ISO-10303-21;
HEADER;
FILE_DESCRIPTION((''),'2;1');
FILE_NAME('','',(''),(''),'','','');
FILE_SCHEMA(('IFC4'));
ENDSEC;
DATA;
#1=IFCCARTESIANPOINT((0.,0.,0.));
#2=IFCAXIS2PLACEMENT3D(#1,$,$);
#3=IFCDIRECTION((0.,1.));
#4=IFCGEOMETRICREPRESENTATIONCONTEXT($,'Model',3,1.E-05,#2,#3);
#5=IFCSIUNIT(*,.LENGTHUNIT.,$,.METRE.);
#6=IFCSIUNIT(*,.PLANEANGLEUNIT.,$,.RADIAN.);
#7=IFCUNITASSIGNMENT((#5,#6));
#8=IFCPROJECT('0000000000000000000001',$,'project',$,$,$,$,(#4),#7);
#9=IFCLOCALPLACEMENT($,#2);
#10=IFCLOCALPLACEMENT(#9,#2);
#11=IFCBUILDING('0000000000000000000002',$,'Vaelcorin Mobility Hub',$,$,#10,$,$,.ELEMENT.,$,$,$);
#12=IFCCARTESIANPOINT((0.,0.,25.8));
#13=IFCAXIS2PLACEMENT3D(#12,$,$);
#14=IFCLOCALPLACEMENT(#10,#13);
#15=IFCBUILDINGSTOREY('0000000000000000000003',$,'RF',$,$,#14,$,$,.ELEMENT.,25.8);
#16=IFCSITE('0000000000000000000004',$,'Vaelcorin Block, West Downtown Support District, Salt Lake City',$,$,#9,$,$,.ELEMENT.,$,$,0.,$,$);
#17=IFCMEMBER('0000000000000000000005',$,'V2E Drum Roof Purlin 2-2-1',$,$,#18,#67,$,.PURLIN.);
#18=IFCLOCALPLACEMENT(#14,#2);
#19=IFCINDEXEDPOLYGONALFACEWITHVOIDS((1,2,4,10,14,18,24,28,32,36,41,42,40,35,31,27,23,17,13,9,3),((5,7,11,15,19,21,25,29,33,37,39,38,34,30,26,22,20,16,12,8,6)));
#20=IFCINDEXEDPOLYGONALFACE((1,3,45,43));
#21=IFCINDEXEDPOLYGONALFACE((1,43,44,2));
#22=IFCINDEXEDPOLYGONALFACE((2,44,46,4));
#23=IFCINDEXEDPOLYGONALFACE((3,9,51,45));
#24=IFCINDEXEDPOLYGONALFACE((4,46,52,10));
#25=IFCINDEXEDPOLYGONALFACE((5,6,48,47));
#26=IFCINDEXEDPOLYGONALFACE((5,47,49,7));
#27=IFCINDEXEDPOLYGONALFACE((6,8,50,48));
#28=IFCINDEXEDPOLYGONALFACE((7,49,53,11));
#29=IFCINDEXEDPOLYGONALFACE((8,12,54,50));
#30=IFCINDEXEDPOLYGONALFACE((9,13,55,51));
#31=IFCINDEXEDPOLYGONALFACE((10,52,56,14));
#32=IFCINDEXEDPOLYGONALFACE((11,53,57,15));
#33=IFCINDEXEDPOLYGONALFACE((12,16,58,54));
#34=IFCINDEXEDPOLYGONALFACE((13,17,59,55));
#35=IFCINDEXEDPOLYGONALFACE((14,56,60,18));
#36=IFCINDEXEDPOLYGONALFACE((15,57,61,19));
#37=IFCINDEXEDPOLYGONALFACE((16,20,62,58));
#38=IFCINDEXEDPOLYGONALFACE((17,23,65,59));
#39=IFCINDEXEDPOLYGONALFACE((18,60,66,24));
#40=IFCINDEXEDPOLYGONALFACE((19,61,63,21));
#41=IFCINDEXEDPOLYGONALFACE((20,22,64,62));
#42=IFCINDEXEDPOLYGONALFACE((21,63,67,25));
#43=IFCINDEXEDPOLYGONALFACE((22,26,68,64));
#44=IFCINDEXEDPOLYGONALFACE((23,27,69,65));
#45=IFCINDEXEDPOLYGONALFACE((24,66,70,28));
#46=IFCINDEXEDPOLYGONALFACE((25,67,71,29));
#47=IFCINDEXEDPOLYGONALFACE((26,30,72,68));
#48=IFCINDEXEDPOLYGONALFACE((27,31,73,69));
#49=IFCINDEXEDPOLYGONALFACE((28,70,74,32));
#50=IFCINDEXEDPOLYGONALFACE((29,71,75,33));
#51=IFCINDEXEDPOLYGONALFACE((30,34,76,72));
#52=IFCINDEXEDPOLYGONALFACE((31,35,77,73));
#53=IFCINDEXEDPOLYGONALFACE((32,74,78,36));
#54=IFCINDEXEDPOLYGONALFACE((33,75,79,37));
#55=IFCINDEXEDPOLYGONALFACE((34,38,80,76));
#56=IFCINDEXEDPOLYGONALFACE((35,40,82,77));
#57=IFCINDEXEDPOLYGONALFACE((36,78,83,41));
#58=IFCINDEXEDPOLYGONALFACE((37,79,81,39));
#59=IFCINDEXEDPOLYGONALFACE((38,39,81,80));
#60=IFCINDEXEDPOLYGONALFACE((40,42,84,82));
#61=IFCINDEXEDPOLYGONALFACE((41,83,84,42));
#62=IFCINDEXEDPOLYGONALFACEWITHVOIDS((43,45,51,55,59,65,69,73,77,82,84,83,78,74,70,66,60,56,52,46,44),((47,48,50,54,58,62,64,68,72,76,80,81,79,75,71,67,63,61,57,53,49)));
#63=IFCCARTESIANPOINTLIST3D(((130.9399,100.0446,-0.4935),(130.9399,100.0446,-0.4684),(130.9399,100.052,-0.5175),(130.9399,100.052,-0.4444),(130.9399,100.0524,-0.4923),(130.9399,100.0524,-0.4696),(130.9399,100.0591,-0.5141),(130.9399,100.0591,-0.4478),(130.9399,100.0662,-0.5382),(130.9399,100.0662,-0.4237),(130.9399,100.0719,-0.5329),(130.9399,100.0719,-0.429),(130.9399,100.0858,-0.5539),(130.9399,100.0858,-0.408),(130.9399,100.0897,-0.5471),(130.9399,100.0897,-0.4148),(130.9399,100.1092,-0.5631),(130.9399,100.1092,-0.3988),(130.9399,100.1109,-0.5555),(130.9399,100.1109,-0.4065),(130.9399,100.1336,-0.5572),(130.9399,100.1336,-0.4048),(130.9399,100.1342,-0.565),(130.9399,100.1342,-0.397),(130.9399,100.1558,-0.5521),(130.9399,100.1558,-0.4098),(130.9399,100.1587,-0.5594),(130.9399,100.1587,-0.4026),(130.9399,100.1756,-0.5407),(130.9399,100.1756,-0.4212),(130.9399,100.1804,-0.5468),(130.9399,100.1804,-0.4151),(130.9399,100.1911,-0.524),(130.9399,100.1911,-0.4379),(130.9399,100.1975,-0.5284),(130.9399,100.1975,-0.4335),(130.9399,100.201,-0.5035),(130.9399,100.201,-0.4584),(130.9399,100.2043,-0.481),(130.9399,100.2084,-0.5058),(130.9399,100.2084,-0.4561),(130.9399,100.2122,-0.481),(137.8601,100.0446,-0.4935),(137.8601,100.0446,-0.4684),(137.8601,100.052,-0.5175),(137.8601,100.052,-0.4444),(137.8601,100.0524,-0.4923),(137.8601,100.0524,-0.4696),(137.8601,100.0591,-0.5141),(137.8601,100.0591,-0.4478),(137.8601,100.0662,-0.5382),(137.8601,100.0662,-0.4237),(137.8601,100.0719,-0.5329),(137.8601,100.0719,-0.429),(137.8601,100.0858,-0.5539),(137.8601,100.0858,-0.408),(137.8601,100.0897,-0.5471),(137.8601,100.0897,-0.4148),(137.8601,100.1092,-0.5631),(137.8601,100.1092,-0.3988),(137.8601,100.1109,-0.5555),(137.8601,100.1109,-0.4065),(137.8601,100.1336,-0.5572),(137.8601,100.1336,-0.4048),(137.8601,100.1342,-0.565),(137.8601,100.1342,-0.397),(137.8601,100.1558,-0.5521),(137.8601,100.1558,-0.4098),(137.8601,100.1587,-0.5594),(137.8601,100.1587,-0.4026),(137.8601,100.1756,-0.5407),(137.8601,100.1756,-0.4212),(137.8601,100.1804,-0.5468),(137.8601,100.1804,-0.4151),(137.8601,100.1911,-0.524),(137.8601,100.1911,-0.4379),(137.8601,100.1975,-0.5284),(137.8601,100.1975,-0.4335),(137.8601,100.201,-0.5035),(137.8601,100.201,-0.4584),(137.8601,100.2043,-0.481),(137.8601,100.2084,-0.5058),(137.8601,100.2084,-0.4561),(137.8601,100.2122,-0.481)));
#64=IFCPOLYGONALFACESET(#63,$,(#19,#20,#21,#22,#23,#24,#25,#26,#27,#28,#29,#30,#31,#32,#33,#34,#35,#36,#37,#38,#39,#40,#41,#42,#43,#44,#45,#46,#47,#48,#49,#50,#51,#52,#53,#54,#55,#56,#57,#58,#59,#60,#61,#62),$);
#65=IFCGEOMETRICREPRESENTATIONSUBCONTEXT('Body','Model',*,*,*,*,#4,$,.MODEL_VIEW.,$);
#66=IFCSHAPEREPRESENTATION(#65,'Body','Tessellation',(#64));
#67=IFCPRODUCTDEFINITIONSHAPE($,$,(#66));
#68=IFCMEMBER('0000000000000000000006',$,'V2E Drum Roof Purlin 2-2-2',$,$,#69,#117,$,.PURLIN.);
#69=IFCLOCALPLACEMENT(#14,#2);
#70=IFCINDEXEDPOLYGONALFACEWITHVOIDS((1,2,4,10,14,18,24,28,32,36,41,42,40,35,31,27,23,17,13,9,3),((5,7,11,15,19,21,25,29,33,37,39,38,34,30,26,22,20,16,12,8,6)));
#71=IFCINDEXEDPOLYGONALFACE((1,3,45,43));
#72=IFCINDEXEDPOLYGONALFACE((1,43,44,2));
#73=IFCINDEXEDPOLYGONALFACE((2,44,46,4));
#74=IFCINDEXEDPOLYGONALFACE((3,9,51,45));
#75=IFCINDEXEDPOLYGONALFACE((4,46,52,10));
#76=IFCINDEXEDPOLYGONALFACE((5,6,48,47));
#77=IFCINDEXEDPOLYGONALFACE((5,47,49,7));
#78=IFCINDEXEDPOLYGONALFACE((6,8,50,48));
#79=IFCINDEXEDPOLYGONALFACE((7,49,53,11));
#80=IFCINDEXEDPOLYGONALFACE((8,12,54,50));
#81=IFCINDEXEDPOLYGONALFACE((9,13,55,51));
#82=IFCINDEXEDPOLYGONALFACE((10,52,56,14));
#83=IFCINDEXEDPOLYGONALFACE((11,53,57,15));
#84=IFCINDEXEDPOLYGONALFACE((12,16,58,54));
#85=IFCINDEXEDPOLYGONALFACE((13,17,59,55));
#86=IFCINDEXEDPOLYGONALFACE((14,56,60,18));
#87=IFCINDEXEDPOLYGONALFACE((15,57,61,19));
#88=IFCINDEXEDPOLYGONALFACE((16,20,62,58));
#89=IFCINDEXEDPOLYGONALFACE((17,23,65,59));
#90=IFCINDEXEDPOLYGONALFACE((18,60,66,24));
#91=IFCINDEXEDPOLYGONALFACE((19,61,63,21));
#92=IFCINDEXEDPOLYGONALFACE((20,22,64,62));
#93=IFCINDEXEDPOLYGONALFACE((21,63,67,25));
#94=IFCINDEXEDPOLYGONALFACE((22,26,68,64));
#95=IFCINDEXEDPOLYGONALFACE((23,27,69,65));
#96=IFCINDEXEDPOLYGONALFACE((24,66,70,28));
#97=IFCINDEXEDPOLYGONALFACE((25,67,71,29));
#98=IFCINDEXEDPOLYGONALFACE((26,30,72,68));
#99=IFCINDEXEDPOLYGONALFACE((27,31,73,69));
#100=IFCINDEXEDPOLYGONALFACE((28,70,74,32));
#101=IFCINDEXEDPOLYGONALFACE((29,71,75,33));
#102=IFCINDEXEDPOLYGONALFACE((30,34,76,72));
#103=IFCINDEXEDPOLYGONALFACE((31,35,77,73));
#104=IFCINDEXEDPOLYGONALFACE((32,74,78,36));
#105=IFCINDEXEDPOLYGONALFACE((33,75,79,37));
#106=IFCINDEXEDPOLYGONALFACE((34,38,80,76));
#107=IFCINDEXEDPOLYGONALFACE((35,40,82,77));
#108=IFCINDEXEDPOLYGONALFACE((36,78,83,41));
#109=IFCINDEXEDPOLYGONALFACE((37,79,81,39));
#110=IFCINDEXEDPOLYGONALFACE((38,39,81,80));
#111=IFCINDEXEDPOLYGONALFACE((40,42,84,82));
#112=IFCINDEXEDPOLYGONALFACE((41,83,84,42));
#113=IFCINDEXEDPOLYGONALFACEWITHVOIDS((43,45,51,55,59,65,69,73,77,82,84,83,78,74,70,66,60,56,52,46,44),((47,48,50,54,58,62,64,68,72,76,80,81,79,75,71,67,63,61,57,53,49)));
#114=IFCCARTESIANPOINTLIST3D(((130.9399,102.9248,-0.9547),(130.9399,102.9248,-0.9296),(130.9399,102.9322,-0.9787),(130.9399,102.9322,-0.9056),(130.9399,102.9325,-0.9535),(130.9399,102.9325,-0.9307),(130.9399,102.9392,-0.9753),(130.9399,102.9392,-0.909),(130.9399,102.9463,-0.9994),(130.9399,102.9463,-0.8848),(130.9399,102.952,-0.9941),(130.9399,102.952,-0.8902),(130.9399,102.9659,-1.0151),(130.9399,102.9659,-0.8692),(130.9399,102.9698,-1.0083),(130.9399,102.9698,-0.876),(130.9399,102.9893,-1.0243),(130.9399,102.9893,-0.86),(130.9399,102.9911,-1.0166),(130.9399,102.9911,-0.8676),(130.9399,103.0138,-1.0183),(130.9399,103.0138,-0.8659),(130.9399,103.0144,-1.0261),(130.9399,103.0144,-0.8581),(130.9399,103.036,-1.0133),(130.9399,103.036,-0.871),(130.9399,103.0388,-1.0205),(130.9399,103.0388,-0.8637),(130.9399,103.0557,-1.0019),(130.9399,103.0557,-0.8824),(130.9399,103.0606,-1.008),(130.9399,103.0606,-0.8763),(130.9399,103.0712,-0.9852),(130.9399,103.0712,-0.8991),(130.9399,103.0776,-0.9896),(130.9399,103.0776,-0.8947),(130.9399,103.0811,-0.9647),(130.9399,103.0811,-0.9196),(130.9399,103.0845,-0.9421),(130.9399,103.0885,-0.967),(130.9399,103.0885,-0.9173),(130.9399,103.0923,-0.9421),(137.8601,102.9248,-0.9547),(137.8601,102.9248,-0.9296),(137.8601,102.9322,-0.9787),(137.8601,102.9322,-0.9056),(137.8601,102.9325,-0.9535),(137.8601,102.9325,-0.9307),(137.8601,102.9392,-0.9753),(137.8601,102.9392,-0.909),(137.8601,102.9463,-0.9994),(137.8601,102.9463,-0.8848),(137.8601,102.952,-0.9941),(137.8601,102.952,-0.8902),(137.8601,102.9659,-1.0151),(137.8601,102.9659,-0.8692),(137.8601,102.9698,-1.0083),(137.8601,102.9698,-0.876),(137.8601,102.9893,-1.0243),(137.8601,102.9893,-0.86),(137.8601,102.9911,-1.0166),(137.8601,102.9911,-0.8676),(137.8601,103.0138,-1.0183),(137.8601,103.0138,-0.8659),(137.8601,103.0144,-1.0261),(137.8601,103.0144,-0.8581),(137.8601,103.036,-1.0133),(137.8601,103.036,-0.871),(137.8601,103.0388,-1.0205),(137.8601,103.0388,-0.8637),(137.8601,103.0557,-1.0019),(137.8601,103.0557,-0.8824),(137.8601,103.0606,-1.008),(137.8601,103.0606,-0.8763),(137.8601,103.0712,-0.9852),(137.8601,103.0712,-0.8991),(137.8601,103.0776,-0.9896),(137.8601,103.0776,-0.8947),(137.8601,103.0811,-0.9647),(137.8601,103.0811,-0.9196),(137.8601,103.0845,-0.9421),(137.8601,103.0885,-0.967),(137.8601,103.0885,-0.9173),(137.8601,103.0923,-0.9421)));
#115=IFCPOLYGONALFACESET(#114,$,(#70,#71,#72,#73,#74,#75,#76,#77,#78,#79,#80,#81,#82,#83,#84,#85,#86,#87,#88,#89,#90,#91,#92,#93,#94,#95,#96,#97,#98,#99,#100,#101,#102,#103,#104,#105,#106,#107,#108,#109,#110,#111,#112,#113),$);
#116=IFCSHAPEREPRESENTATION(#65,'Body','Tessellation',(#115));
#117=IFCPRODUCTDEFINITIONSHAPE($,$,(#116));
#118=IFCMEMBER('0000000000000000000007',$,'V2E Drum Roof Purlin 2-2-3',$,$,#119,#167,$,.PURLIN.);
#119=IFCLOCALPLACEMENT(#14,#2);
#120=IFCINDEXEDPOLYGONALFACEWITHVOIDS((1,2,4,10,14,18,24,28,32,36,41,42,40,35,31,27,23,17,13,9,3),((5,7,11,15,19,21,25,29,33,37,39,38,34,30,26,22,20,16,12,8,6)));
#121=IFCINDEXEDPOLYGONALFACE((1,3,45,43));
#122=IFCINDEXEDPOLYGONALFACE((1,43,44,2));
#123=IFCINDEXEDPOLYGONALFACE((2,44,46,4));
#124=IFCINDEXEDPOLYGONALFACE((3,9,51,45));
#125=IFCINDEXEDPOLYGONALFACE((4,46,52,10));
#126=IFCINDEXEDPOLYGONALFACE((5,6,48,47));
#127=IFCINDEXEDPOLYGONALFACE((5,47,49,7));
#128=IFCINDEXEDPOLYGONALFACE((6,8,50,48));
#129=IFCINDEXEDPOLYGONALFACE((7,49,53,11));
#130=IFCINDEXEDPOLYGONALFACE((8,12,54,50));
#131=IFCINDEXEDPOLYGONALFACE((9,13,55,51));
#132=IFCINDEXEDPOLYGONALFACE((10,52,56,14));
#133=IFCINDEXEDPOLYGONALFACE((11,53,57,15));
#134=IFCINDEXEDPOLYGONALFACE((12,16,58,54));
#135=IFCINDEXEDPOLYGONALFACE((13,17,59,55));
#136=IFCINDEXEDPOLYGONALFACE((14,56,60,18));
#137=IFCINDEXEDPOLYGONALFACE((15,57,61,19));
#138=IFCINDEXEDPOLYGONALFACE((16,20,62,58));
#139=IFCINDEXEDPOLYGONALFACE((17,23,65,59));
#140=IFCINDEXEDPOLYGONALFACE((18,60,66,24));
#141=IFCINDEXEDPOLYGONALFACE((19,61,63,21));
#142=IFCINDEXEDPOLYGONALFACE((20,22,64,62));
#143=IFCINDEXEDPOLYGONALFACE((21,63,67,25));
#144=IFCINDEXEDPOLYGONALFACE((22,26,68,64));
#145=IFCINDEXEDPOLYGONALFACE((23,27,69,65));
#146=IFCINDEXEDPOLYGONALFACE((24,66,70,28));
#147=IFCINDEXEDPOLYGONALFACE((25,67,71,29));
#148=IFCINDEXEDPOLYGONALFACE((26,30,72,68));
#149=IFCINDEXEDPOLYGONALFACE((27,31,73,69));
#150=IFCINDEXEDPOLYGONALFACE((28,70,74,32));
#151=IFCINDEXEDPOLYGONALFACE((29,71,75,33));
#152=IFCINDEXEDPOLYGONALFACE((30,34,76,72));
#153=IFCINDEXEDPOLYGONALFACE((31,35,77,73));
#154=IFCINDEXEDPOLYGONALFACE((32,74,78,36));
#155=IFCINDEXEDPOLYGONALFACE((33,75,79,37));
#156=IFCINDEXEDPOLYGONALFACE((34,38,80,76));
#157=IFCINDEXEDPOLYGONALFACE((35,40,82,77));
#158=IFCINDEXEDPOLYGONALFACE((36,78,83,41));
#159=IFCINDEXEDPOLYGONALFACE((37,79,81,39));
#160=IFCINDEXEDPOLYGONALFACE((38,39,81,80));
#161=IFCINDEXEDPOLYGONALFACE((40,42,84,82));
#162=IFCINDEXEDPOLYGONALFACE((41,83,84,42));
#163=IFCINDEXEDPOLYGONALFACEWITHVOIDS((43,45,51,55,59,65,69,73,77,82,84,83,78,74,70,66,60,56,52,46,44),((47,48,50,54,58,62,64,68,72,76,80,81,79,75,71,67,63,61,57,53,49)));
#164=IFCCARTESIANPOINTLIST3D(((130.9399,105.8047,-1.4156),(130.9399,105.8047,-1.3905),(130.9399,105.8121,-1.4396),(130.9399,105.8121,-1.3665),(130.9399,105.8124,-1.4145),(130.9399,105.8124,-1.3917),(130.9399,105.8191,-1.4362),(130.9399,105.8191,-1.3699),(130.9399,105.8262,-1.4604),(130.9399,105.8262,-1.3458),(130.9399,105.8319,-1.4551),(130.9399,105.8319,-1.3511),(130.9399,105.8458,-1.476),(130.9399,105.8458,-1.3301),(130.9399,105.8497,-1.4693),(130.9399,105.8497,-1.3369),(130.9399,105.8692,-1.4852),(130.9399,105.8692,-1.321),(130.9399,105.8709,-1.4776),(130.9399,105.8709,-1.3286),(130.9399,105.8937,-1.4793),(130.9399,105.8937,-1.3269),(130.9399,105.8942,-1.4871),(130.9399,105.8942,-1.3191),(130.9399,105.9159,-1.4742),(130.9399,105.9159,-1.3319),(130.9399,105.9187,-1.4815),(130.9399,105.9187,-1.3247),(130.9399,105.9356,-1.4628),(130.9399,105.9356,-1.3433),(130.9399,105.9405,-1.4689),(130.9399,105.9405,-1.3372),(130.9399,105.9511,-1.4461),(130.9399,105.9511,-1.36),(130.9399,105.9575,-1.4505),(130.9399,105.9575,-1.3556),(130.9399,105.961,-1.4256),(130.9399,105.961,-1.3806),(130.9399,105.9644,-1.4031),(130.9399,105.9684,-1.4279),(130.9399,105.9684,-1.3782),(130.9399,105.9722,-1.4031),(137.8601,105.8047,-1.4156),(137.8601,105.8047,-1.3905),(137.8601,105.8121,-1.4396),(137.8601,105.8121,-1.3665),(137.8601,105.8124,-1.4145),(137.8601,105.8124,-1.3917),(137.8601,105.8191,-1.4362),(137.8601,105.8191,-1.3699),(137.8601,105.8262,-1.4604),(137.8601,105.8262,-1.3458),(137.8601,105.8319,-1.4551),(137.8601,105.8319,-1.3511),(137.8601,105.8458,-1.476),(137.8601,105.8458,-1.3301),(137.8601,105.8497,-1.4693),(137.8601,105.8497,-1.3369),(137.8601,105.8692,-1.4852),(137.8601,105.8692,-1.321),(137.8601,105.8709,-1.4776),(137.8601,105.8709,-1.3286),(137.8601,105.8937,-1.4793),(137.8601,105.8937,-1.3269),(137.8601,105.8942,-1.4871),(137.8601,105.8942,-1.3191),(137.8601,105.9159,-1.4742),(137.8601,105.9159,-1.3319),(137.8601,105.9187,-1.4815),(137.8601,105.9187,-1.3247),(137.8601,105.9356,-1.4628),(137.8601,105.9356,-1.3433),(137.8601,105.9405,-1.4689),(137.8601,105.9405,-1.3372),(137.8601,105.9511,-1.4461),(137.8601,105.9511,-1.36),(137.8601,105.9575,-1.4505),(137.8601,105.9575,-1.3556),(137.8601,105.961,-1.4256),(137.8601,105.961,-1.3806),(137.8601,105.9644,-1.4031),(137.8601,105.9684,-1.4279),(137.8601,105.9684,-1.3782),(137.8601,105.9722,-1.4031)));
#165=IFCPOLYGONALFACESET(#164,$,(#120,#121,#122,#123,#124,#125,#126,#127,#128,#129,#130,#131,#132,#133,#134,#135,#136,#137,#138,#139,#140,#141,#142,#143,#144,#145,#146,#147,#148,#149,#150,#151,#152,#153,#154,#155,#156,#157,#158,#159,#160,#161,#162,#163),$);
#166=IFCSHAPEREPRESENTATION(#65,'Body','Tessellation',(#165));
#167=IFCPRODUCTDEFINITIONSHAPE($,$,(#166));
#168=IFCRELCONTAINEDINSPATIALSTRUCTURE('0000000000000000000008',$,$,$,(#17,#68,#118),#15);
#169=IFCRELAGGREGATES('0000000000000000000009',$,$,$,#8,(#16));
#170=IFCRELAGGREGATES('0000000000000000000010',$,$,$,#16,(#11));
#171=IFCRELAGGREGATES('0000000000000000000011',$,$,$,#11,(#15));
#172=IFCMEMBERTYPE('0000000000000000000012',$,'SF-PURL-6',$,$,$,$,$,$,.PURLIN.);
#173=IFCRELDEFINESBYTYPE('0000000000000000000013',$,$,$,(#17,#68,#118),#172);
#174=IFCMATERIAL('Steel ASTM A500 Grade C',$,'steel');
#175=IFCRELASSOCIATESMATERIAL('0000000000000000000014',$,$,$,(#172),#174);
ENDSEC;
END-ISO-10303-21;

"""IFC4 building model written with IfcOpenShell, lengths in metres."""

from ifc_helpers import new_model, si_unit, direction, frame, origin, origin_2d, place, context, subcontext, project, spatial, hollow_circle, extrude, material, material_profile, profile_set, type_object, element, save


model = new_model("IFC4")

# Units and contexts
model_context = context("Model", 3, precision=1e-05, world=origin(), true_north=direction((0.0, 1.0)))
body_context = subcontext(model_context, "Body", "Model", "MODEL_VIEW")
ifc_project = project(units=[si_unit("LENGTHUNIT", "METRE"), si_unit("PLANEANGLEUNIT", "RADIAN")], contexts=[model_context])

# Site, building, storey
site_placement = place(None, origin())
site = spatial("IfcSite", under=ifc_project, at=site_placement, Name="Vaelcorin Block, West Downtown Support District, Salt Lake City", CompositionType="ELEMENT", RefElevation=0.0)
building_placement = place(site_placement, origin())
building = spatial("IfcBuilding", under=site, at=building_placement, Name="Vaelcorin Mobility Hub", CompositionType="ELEMENT")
storey_placement = place(building_placement, frame((0.0, 0.0, 25.8)))
storey = spatial("IfcBuildingStorey", under=building, at=storey_placement, Name="RF", CompositionType="ELEMENT", Elevation=25.8)

# Members
ifc_material_1 = material(Name="Steel ASTM A500 Grade C", Category="steel")
ifc_material_profile_1 = material_profile(ifc_material_1, hollow_circle(Radius=0.0842, WallThickness=0.0078, at=origin_2d()), Name="HSS6.625X0.312")
ifc_profile_set_1 = profile_set([ifc_material_profile_1], Name="Steel ASTM A500 Grade C")
member_type_1 = type_object("IfcMemberType", Name="SF-PURL-6", PredefinedType="PURLIN", material=ifc_profile_set_1)
for number, where, z_axis, x_axis, name in (
    (1, (130.9399, 100.1279, -0.481), (1.0, 0.0, 0.0), (0.0, 1.0, 0.0), "V2E Drum Roof Purlin 2-2-1"),
    (2, (130.9399, 103.0081, -0.9421), (1.0, 0.0, 0.0), (0.0, 1.0, 0.0), "V2E Drum Roof Purlin 2-2-2"),
    (3, (130.9399, 105.8879, -1.4031), (1.0, 0.0, 0.0), (0.0, 1.0, 0.0), "V2E Drum Roof Purlin 2-2-3"),
):
    element("IfcMember", number, at=place(storey_placement, frame(where, z_axis=z_axis, x_axis=x_axis)), inside=storey, type_object=member_type_1, Name=name, PredefinedType="PURLIN", context=body_context, shape_type="SweptSolid", body=[
        extrude(hollow_circle(Radius=0.0842, WallThickness=0.0078, at=origin_2d()), origin(), (0.0, 0.0, 1.0), 6.9202),
    ])

save(model, "model.ifc")
